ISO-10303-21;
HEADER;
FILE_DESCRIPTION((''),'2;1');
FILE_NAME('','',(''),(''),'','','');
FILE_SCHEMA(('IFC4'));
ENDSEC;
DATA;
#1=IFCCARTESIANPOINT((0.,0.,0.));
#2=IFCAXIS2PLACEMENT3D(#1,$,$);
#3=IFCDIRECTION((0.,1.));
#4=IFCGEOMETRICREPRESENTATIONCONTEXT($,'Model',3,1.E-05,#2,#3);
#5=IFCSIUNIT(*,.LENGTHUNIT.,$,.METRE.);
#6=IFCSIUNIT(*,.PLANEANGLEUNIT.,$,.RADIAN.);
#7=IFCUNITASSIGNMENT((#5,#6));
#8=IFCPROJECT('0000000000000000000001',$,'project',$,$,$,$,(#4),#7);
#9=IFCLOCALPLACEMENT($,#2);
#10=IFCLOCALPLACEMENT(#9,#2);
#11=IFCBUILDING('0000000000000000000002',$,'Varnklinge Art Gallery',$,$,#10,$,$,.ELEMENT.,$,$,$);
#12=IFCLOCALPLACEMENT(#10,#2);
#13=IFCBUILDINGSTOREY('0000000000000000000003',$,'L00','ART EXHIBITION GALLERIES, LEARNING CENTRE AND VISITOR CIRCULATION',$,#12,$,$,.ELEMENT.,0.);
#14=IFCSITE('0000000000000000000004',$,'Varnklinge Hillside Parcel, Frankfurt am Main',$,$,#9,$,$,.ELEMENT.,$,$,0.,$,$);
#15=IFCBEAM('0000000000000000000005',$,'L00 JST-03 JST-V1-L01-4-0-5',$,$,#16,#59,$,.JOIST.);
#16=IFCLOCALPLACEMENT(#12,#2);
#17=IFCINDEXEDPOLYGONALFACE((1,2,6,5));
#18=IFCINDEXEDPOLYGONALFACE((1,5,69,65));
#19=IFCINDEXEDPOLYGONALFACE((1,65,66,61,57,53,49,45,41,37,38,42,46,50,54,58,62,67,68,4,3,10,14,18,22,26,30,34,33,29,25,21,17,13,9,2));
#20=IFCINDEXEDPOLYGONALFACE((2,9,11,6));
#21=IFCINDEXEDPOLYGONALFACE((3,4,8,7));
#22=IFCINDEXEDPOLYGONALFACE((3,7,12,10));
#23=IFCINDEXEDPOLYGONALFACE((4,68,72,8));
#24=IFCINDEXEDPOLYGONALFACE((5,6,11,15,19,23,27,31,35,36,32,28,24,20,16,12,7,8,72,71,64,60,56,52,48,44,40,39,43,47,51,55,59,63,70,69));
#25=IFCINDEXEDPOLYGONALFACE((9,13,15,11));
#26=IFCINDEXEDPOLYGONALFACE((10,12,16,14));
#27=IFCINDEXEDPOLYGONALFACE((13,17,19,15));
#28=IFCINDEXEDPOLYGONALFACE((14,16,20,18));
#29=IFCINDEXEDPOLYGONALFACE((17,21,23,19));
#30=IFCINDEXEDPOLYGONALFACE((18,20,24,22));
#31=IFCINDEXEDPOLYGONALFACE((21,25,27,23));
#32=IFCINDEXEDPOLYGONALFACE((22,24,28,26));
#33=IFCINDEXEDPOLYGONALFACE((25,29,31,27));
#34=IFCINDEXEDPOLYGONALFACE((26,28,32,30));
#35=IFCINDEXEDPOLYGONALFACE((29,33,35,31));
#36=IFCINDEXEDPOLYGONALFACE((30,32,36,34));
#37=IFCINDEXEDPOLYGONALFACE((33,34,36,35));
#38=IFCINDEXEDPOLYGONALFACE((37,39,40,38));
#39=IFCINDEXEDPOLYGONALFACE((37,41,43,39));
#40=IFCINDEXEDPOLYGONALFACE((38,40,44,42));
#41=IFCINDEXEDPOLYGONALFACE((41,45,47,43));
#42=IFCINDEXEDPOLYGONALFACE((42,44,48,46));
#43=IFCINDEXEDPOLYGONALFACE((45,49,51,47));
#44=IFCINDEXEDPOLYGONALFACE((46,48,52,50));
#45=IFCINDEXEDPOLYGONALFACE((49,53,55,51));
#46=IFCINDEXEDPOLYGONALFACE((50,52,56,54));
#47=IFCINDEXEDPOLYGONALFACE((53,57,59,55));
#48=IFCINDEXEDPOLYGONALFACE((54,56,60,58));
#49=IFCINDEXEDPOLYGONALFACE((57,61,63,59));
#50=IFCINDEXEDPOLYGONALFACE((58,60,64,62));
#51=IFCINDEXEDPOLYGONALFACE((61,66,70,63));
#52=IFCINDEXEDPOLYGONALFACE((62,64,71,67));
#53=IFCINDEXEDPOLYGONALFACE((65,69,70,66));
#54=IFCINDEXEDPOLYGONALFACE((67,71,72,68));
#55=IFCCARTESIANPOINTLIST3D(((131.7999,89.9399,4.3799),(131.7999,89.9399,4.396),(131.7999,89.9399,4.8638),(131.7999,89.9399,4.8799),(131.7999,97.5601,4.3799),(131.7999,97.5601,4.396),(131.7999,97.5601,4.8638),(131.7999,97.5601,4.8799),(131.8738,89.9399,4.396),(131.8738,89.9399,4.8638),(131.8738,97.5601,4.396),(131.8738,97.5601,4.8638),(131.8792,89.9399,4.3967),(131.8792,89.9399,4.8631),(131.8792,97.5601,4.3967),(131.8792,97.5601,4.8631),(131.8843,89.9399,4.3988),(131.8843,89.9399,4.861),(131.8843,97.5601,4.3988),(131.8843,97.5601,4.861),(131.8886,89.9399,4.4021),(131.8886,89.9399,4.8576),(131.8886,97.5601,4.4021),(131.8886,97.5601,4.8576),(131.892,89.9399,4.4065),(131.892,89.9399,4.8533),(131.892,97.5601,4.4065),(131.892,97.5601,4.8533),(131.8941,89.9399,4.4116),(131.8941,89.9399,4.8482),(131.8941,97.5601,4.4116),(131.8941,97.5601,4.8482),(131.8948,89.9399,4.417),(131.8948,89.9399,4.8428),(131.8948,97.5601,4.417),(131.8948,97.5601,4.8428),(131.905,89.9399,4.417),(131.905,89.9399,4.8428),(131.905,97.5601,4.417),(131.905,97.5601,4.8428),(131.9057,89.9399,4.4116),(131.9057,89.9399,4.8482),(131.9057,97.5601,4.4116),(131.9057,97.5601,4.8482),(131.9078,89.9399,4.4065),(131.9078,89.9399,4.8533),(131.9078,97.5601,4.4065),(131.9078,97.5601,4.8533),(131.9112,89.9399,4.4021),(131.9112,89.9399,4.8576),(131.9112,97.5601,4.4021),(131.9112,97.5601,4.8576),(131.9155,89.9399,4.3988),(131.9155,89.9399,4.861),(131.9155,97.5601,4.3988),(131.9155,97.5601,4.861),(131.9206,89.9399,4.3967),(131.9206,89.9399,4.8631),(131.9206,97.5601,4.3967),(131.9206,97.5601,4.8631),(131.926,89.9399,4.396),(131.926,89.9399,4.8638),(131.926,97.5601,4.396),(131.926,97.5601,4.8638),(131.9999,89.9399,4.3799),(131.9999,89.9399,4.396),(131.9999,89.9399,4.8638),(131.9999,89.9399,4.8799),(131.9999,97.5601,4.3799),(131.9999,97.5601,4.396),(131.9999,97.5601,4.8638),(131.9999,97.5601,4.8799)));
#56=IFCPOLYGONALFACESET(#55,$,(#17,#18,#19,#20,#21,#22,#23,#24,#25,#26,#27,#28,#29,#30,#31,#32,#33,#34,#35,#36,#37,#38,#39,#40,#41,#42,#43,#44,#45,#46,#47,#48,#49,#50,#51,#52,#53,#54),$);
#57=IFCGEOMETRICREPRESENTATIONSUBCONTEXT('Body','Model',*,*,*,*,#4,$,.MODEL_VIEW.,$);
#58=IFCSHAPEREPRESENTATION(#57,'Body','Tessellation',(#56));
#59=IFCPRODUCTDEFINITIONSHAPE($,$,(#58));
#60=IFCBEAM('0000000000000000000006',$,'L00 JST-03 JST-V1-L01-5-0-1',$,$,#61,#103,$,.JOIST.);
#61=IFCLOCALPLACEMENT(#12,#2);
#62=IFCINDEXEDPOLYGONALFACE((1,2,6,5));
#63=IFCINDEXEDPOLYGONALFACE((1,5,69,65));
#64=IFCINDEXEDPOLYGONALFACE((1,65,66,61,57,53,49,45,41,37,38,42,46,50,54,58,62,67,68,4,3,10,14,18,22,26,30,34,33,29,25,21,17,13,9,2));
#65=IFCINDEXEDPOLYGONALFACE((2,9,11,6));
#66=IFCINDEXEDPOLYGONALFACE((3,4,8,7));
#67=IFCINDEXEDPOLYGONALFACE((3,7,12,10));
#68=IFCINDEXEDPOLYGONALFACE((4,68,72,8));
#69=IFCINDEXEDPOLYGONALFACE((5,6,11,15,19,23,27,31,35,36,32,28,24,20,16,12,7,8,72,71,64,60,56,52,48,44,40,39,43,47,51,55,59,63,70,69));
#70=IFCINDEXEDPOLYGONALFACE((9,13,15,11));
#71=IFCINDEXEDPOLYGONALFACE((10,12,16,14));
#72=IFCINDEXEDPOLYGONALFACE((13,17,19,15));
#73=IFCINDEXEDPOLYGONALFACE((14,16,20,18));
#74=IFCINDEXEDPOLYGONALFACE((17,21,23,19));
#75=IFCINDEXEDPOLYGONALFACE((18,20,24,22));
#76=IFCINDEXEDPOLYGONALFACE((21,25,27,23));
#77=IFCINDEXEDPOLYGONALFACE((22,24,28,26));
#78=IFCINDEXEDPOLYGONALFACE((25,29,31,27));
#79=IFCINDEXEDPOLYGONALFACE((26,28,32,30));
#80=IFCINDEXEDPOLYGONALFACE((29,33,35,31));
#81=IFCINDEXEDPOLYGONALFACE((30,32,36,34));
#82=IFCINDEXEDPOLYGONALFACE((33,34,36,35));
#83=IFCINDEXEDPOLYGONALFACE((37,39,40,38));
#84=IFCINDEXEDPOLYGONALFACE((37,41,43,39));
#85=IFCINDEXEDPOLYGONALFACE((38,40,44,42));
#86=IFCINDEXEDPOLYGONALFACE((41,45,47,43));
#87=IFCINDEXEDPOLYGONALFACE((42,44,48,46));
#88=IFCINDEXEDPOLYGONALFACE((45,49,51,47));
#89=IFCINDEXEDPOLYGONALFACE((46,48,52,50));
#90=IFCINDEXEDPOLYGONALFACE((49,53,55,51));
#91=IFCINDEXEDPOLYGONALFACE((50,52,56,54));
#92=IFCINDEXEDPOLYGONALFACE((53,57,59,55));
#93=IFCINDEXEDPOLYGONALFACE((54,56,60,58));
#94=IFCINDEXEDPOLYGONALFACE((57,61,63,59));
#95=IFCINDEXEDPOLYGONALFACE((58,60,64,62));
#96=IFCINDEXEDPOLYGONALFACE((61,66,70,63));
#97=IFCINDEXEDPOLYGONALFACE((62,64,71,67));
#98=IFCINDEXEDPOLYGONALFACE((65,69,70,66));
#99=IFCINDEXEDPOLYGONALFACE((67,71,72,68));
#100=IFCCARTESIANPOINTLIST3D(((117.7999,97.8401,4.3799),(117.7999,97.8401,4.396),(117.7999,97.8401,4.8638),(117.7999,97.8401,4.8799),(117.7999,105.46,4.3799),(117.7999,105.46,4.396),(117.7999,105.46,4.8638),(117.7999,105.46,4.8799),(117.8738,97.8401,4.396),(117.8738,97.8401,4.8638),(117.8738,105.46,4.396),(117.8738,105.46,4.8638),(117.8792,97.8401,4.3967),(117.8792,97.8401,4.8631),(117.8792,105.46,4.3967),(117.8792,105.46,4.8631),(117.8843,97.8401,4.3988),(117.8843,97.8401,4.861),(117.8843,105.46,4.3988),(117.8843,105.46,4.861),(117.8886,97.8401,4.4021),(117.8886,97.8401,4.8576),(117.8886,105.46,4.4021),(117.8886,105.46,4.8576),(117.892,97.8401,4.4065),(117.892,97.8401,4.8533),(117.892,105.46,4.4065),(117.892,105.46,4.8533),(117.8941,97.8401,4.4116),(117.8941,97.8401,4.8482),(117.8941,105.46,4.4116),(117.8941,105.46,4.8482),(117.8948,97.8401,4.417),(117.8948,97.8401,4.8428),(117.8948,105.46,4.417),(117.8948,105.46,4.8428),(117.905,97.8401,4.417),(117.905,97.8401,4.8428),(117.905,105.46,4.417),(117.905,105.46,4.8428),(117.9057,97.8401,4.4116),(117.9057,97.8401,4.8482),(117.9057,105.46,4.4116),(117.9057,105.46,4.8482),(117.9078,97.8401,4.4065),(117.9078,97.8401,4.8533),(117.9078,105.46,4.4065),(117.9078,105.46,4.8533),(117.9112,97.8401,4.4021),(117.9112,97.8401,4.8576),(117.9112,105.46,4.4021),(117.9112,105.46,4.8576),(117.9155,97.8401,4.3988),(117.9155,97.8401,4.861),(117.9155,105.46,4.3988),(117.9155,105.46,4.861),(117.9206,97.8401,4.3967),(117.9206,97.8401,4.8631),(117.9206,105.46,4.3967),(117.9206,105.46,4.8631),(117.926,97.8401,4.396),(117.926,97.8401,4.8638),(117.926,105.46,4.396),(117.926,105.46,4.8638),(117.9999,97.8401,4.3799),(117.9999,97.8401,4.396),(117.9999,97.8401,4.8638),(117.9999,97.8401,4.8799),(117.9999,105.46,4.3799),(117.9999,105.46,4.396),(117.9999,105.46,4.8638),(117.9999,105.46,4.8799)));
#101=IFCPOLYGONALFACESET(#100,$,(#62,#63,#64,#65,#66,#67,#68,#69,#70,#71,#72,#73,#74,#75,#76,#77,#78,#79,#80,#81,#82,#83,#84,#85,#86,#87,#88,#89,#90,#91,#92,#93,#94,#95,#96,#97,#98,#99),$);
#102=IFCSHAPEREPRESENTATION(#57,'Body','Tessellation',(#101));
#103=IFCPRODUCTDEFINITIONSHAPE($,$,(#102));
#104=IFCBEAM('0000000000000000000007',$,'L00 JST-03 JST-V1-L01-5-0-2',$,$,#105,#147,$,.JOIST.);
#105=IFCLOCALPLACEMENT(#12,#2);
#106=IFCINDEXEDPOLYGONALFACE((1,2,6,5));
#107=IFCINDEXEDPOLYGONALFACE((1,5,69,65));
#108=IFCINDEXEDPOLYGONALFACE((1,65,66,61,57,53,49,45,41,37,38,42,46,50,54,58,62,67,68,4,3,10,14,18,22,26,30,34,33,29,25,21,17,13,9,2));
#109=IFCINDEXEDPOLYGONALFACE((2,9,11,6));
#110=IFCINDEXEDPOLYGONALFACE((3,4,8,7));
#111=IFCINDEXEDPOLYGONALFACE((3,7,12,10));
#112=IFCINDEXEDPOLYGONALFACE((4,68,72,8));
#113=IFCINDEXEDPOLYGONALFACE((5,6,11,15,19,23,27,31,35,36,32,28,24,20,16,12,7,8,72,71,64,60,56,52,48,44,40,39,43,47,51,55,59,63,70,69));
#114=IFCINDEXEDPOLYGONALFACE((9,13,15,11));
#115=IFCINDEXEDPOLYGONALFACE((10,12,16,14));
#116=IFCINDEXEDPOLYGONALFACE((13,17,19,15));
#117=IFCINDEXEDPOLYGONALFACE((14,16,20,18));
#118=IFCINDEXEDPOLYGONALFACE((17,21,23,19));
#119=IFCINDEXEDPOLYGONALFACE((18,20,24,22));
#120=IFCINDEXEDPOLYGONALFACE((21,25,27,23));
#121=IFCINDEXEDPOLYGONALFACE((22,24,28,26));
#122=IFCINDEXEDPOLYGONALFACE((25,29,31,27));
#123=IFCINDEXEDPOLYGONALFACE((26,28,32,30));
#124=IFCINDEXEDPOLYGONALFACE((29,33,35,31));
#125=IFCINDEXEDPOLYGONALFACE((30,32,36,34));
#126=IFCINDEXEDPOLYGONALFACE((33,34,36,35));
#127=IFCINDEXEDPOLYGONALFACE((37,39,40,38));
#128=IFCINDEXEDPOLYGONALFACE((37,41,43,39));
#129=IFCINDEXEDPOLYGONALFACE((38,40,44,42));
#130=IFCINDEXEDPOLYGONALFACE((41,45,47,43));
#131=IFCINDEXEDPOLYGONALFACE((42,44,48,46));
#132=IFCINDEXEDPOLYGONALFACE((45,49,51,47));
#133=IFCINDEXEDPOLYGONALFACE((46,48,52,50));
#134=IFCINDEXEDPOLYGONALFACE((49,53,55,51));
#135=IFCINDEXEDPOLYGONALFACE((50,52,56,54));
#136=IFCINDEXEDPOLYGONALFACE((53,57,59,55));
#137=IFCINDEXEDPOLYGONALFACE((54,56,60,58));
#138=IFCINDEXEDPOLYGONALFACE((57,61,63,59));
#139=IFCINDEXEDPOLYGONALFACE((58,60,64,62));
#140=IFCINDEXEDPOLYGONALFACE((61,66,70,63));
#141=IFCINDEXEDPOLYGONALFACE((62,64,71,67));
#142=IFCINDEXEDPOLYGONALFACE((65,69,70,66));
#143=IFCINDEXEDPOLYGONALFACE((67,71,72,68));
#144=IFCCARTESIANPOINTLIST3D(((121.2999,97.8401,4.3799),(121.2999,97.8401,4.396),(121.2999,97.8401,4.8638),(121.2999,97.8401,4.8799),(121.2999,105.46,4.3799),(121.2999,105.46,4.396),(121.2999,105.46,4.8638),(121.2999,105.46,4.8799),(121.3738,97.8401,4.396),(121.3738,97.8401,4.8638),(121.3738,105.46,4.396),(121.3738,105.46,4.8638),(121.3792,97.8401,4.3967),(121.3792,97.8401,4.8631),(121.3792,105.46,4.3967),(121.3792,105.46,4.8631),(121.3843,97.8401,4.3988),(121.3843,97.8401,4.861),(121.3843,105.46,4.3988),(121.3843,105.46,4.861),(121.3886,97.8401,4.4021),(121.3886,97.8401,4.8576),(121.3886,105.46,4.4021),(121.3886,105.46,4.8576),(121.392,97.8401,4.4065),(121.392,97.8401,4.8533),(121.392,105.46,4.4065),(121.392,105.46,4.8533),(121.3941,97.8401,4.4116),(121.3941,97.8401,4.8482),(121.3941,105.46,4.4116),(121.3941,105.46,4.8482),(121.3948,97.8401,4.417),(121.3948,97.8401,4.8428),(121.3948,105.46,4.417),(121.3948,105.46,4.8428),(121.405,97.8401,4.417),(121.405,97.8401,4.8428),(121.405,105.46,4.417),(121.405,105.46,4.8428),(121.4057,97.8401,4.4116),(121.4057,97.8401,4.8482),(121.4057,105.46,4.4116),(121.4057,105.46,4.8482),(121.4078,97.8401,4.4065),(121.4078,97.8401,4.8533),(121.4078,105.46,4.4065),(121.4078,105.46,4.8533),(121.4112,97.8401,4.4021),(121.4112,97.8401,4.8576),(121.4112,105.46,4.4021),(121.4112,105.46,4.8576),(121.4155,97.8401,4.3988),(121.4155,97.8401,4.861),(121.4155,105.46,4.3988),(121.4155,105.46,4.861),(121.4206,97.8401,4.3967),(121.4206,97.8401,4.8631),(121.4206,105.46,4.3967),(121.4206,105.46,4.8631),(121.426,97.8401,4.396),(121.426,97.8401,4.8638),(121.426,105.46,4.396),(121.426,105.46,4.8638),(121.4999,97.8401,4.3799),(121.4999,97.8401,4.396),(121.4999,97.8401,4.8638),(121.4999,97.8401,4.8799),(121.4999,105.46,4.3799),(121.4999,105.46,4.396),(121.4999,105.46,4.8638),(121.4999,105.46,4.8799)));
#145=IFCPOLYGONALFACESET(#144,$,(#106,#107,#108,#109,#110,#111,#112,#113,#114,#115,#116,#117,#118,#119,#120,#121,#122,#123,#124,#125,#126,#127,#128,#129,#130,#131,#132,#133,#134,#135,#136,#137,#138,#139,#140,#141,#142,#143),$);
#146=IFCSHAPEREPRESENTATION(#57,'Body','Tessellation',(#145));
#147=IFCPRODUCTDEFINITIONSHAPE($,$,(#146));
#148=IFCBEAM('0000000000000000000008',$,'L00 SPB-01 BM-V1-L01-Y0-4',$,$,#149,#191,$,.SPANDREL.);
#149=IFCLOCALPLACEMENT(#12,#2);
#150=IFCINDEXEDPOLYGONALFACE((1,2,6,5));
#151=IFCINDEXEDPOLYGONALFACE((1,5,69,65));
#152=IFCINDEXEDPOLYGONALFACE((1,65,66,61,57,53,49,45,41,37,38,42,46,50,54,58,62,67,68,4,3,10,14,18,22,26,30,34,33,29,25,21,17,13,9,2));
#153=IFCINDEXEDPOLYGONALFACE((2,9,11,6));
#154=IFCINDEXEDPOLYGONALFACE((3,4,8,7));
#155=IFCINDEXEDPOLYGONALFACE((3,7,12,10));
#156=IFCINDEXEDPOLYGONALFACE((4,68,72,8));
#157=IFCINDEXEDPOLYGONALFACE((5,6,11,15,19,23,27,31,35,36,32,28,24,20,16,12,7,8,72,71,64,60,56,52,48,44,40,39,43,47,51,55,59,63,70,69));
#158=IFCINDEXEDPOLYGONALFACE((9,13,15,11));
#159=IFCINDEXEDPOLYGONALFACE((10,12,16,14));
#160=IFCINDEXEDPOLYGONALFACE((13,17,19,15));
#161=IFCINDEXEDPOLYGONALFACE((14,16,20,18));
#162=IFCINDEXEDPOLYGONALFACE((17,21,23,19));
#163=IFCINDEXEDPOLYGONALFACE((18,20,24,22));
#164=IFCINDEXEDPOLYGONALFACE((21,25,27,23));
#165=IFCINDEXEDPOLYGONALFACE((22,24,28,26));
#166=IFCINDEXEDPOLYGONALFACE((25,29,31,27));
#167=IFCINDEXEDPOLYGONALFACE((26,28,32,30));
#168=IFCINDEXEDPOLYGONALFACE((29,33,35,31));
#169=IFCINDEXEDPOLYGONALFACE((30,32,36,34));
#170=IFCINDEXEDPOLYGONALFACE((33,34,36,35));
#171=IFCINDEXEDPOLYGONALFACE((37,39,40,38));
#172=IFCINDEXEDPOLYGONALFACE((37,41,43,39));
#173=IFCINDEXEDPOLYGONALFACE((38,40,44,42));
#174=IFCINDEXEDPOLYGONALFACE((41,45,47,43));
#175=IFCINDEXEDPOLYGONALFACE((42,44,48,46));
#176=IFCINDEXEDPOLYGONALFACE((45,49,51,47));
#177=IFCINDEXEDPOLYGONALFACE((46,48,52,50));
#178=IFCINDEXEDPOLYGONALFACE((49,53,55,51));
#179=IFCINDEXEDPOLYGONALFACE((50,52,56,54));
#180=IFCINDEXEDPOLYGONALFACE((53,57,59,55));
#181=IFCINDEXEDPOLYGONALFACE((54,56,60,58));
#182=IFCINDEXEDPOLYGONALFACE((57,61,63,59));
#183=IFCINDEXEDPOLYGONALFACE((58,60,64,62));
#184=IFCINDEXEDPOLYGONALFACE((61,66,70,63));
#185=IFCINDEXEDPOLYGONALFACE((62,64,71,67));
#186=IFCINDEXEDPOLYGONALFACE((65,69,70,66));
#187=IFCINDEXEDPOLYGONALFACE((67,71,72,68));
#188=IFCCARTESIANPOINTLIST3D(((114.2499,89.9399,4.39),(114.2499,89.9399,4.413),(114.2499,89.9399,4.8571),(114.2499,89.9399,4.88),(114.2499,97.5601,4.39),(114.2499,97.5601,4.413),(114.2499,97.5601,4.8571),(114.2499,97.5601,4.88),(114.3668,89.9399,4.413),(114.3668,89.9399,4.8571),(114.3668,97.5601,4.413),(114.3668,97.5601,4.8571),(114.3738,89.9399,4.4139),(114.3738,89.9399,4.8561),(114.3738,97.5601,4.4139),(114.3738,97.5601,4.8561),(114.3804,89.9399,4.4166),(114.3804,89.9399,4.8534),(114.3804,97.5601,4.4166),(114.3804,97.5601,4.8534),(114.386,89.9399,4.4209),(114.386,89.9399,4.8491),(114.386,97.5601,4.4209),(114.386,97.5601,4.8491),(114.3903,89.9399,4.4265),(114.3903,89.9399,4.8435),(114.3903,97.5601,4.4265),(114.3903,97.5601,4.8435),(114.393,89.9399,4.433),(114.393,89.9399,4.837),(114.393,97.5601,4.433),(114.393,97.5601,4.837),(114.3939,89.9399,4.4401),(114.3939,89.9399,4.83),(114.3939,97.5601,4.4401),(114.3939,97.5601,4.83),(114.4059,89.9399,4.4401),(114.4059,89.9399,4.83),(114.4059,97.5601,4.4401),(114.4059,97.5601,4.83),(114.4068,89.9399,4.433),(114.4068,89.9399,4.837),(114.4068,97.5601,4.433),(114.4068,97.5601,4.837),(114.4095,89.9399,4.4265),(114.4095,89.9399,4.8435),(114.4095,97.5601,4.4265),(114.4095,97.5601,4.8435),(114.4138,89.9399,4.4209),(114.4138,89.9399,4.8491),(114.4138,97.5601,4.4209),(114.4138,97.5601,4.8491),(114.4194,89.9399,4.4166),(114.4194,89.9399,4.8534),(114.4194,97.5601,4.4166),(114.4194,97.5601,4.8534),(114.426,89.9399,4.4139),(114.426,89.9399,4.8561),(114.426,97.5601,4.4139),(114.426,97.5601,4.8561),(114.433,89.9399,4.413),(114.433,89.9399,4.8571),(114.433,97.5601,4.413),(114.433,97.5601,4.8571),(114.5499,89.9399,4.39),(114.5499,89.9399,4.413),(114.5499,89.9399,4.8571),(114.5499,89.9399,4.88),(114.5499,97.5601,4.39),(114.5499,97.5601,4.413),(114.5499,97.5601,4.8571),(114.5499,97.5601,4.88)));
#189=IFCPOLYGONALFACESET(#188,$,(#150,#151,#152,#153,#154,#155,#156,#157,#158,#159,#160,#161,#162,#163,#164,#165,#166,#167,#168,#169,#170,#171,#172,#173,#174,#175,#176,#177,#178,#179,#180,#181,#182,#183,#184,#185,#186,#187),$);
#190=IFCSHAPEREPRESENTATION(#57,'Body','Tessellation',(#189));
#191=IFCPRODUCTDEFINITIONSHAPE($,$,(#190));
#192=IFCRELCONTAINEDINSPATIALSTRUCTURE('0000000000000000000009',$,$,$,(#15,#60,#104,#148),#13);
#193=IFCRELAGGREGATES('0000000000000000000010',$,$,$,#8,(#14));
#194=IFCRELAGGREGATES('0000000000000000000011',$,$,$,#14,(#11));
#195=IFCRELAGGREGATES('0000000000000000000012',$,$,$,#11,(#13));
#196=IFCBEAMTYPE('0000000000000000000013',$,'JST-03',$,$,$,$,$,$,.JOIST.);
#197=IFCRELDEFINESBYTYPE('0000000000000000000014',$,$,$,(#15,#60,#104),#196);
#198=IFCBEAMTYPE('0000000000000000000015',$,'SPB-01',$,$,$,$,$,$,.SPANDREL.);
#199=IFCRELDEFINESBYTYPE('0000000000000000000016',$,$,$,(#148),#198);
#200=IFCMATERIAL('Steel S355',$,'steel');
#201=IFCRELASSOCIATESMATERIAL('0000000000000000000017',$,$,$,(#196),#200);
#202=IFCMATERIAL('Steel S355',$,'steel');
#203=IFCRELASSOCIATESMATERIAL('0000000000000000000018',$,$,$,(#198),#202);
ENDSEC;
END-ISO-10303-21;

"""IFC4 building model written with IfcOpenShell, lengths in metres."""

from ifc_helpers import new_model, si_unit, direction, frame, origin, origin_2d, place, context, subcontext, project, spatial, i_section, extrude, material, material_profile, profile_set, type_object, element, save


model = new_model("IFC4")

# Units and contexts
model_context = context("Model", 3, precision=1e-05, world=origin(), true_north=direction((0.0, 1.0)))
body_context = subcontext(model_context, "Body", "Model", "MODEL_VIEW")
ifc_project = project(units=[si_unit("LENGTHUNIT", "METRE"), si_unit("PLANEANGLEUNIT", "RADIAN")], contexts=[model_context])

# Site, building, storey
site_placement = place(None, origin())
site = spatial("IfcSite", under=ifc_project, at=site_placement, Name="Varnklinge Hillside Parcel, Frankfurt am Main", CompositionType="ELEMENT", RefElevation=0.0)
building_placement = place(site_placement, origin())
building = spatial("IfcBuilding", under=site, at=building_placement, Name="Varnklinge Art Gallery", CompositionType="ELEMENT")
storey_placement = place(building_placement, origin())
storey = spatial("IfcBuildingStorey", under=building, at=storey_placement, Name="L00", Description="ART EXHIBITION GALLERIES, LEARNING CENTRE AND VISITOR CIRCULATION", CompositionType="ELEMENT", Elevation=0.0)

# Beams
ifc_material_1 = material(Name="Steel S355", Category="steel")
ifc_material_profile_1 = material_profile(ifc_material_1, i_section(OverallWidth=0.2, OverallDepth=0.5, WebThickness=0.0103, FlangeThickness=0.0161, FilletRadius=0.021, at=origin_2d()), Name="IPE 500")
ifc_profile_set_1 = profile_set([ifc_material_profile_1], Name="Steel S355")
beam_type_1 = type_object("IfcBeamType", Name="JST-03", PredefinedType="JOIST", material=ifc_profile_set_1)
for number, where, z_axis, x_axis, name in (
    (1, (131.8999, 89.9399, 4.6299), (0.0, 1.0, 0.0), (-1.0, 0.0, 0.0), "L00 JST-03 JST-V1-L01-4-0-5"),
):
    element("IfcBeam", number, at=place(storey_placement, frame(where, z_axis=z_axis, x_axis=x_axis)), inside=storey, type_object=beam_type_1, Name=name, PredefinedType="JOIST", context=body_context, shape_type="SweptSolid", body=[
        extrude(i_section(OverallWidth=0.2, OverallDepth=0.5, WebThickness=0.0103, FlangeThickness=0.0161, FilletRadius=0.021, at=origin_2d()), origin(), (0.0, 0.0, 1.0), 7.6201),
    ])
for number, where, z_axis, x_axis, name in (
    (2, (117.8999, 97.8401, 4.6299), (0.0, 1.0, 0.0), (-1.0, 0.0, 0.0), "L00 JST-03 JST-V1-L01-5-0-1"),
    (3, (121.3999, 97.8401, 4.6299), (0.0, 1.0, 0.0), (-1.0, 0.0, 0.0), "L00 JST-03 JST-V1-L01-5-0-2"),
):
    element("IfcBeam", number, at=place(storey_placement, frame(where, z_axis=z_axis, x_axis=x_axis)), inside=storey, type_object=beam_type_1, Name=name, PredefinedType="JOIST", context=body_context, shape_type="SweptSolid", body=[
        extrude(i_section(OverallWidth=0.2, OverallDepth=0.5, WebThickness=0.0103, FlangeThickness=0.0161, FilletRadius=0.021, at=origin_2d()), origin(), (0.0, 0.0, 1.0), 7.6199),
    ])
ifc_material_2 = material(Name="Steel S355", Category="steel")
ifc_material_profile_2 = material_profile(ifc_material_2, i_section(OverallWidth=0.3, OverallDepth=0.49, WebThickness=0.012, FlangeThickness=0.0229, FilletRadius=0.0271, at=origin_2d()), Name="HEA 500")
ifc_profile_set_2 = profile_set([ifc_material_profile_2], Name="Steel S355")
beam_type_2 = type_object("IfcBeamType", Name="SPB-01", PredefinedType="SPANDREL", material=ifc_profile_set_2)
beam_1_placement = place(storey_placement, frame((114.3999, 89.9399, 4.635), z_axis=(0.0, 1.0, 0.0), x_axis=(-1.0, 0.0, 0.0)))
element("IfcBeam", 4, at=beam_1_placement, inside=storey, type_object=beam_type_2, Name="L00 SPB-01 BM-V1-L01-Y0-4", PredefinedType="SPANDREL", context=body_context, shape_type="SweptSolid", body=[
    extrude(i_section(OverallWidth=0.3, OverallDepth=0.49, WebThickness=0.012, FlangeThickness=0.0229, FilletRadius=0.0271, at=origin_2d()), origin(), (0.0, 0.0, 1.0), 7.6201),
])

save(model, "model.ifc")
